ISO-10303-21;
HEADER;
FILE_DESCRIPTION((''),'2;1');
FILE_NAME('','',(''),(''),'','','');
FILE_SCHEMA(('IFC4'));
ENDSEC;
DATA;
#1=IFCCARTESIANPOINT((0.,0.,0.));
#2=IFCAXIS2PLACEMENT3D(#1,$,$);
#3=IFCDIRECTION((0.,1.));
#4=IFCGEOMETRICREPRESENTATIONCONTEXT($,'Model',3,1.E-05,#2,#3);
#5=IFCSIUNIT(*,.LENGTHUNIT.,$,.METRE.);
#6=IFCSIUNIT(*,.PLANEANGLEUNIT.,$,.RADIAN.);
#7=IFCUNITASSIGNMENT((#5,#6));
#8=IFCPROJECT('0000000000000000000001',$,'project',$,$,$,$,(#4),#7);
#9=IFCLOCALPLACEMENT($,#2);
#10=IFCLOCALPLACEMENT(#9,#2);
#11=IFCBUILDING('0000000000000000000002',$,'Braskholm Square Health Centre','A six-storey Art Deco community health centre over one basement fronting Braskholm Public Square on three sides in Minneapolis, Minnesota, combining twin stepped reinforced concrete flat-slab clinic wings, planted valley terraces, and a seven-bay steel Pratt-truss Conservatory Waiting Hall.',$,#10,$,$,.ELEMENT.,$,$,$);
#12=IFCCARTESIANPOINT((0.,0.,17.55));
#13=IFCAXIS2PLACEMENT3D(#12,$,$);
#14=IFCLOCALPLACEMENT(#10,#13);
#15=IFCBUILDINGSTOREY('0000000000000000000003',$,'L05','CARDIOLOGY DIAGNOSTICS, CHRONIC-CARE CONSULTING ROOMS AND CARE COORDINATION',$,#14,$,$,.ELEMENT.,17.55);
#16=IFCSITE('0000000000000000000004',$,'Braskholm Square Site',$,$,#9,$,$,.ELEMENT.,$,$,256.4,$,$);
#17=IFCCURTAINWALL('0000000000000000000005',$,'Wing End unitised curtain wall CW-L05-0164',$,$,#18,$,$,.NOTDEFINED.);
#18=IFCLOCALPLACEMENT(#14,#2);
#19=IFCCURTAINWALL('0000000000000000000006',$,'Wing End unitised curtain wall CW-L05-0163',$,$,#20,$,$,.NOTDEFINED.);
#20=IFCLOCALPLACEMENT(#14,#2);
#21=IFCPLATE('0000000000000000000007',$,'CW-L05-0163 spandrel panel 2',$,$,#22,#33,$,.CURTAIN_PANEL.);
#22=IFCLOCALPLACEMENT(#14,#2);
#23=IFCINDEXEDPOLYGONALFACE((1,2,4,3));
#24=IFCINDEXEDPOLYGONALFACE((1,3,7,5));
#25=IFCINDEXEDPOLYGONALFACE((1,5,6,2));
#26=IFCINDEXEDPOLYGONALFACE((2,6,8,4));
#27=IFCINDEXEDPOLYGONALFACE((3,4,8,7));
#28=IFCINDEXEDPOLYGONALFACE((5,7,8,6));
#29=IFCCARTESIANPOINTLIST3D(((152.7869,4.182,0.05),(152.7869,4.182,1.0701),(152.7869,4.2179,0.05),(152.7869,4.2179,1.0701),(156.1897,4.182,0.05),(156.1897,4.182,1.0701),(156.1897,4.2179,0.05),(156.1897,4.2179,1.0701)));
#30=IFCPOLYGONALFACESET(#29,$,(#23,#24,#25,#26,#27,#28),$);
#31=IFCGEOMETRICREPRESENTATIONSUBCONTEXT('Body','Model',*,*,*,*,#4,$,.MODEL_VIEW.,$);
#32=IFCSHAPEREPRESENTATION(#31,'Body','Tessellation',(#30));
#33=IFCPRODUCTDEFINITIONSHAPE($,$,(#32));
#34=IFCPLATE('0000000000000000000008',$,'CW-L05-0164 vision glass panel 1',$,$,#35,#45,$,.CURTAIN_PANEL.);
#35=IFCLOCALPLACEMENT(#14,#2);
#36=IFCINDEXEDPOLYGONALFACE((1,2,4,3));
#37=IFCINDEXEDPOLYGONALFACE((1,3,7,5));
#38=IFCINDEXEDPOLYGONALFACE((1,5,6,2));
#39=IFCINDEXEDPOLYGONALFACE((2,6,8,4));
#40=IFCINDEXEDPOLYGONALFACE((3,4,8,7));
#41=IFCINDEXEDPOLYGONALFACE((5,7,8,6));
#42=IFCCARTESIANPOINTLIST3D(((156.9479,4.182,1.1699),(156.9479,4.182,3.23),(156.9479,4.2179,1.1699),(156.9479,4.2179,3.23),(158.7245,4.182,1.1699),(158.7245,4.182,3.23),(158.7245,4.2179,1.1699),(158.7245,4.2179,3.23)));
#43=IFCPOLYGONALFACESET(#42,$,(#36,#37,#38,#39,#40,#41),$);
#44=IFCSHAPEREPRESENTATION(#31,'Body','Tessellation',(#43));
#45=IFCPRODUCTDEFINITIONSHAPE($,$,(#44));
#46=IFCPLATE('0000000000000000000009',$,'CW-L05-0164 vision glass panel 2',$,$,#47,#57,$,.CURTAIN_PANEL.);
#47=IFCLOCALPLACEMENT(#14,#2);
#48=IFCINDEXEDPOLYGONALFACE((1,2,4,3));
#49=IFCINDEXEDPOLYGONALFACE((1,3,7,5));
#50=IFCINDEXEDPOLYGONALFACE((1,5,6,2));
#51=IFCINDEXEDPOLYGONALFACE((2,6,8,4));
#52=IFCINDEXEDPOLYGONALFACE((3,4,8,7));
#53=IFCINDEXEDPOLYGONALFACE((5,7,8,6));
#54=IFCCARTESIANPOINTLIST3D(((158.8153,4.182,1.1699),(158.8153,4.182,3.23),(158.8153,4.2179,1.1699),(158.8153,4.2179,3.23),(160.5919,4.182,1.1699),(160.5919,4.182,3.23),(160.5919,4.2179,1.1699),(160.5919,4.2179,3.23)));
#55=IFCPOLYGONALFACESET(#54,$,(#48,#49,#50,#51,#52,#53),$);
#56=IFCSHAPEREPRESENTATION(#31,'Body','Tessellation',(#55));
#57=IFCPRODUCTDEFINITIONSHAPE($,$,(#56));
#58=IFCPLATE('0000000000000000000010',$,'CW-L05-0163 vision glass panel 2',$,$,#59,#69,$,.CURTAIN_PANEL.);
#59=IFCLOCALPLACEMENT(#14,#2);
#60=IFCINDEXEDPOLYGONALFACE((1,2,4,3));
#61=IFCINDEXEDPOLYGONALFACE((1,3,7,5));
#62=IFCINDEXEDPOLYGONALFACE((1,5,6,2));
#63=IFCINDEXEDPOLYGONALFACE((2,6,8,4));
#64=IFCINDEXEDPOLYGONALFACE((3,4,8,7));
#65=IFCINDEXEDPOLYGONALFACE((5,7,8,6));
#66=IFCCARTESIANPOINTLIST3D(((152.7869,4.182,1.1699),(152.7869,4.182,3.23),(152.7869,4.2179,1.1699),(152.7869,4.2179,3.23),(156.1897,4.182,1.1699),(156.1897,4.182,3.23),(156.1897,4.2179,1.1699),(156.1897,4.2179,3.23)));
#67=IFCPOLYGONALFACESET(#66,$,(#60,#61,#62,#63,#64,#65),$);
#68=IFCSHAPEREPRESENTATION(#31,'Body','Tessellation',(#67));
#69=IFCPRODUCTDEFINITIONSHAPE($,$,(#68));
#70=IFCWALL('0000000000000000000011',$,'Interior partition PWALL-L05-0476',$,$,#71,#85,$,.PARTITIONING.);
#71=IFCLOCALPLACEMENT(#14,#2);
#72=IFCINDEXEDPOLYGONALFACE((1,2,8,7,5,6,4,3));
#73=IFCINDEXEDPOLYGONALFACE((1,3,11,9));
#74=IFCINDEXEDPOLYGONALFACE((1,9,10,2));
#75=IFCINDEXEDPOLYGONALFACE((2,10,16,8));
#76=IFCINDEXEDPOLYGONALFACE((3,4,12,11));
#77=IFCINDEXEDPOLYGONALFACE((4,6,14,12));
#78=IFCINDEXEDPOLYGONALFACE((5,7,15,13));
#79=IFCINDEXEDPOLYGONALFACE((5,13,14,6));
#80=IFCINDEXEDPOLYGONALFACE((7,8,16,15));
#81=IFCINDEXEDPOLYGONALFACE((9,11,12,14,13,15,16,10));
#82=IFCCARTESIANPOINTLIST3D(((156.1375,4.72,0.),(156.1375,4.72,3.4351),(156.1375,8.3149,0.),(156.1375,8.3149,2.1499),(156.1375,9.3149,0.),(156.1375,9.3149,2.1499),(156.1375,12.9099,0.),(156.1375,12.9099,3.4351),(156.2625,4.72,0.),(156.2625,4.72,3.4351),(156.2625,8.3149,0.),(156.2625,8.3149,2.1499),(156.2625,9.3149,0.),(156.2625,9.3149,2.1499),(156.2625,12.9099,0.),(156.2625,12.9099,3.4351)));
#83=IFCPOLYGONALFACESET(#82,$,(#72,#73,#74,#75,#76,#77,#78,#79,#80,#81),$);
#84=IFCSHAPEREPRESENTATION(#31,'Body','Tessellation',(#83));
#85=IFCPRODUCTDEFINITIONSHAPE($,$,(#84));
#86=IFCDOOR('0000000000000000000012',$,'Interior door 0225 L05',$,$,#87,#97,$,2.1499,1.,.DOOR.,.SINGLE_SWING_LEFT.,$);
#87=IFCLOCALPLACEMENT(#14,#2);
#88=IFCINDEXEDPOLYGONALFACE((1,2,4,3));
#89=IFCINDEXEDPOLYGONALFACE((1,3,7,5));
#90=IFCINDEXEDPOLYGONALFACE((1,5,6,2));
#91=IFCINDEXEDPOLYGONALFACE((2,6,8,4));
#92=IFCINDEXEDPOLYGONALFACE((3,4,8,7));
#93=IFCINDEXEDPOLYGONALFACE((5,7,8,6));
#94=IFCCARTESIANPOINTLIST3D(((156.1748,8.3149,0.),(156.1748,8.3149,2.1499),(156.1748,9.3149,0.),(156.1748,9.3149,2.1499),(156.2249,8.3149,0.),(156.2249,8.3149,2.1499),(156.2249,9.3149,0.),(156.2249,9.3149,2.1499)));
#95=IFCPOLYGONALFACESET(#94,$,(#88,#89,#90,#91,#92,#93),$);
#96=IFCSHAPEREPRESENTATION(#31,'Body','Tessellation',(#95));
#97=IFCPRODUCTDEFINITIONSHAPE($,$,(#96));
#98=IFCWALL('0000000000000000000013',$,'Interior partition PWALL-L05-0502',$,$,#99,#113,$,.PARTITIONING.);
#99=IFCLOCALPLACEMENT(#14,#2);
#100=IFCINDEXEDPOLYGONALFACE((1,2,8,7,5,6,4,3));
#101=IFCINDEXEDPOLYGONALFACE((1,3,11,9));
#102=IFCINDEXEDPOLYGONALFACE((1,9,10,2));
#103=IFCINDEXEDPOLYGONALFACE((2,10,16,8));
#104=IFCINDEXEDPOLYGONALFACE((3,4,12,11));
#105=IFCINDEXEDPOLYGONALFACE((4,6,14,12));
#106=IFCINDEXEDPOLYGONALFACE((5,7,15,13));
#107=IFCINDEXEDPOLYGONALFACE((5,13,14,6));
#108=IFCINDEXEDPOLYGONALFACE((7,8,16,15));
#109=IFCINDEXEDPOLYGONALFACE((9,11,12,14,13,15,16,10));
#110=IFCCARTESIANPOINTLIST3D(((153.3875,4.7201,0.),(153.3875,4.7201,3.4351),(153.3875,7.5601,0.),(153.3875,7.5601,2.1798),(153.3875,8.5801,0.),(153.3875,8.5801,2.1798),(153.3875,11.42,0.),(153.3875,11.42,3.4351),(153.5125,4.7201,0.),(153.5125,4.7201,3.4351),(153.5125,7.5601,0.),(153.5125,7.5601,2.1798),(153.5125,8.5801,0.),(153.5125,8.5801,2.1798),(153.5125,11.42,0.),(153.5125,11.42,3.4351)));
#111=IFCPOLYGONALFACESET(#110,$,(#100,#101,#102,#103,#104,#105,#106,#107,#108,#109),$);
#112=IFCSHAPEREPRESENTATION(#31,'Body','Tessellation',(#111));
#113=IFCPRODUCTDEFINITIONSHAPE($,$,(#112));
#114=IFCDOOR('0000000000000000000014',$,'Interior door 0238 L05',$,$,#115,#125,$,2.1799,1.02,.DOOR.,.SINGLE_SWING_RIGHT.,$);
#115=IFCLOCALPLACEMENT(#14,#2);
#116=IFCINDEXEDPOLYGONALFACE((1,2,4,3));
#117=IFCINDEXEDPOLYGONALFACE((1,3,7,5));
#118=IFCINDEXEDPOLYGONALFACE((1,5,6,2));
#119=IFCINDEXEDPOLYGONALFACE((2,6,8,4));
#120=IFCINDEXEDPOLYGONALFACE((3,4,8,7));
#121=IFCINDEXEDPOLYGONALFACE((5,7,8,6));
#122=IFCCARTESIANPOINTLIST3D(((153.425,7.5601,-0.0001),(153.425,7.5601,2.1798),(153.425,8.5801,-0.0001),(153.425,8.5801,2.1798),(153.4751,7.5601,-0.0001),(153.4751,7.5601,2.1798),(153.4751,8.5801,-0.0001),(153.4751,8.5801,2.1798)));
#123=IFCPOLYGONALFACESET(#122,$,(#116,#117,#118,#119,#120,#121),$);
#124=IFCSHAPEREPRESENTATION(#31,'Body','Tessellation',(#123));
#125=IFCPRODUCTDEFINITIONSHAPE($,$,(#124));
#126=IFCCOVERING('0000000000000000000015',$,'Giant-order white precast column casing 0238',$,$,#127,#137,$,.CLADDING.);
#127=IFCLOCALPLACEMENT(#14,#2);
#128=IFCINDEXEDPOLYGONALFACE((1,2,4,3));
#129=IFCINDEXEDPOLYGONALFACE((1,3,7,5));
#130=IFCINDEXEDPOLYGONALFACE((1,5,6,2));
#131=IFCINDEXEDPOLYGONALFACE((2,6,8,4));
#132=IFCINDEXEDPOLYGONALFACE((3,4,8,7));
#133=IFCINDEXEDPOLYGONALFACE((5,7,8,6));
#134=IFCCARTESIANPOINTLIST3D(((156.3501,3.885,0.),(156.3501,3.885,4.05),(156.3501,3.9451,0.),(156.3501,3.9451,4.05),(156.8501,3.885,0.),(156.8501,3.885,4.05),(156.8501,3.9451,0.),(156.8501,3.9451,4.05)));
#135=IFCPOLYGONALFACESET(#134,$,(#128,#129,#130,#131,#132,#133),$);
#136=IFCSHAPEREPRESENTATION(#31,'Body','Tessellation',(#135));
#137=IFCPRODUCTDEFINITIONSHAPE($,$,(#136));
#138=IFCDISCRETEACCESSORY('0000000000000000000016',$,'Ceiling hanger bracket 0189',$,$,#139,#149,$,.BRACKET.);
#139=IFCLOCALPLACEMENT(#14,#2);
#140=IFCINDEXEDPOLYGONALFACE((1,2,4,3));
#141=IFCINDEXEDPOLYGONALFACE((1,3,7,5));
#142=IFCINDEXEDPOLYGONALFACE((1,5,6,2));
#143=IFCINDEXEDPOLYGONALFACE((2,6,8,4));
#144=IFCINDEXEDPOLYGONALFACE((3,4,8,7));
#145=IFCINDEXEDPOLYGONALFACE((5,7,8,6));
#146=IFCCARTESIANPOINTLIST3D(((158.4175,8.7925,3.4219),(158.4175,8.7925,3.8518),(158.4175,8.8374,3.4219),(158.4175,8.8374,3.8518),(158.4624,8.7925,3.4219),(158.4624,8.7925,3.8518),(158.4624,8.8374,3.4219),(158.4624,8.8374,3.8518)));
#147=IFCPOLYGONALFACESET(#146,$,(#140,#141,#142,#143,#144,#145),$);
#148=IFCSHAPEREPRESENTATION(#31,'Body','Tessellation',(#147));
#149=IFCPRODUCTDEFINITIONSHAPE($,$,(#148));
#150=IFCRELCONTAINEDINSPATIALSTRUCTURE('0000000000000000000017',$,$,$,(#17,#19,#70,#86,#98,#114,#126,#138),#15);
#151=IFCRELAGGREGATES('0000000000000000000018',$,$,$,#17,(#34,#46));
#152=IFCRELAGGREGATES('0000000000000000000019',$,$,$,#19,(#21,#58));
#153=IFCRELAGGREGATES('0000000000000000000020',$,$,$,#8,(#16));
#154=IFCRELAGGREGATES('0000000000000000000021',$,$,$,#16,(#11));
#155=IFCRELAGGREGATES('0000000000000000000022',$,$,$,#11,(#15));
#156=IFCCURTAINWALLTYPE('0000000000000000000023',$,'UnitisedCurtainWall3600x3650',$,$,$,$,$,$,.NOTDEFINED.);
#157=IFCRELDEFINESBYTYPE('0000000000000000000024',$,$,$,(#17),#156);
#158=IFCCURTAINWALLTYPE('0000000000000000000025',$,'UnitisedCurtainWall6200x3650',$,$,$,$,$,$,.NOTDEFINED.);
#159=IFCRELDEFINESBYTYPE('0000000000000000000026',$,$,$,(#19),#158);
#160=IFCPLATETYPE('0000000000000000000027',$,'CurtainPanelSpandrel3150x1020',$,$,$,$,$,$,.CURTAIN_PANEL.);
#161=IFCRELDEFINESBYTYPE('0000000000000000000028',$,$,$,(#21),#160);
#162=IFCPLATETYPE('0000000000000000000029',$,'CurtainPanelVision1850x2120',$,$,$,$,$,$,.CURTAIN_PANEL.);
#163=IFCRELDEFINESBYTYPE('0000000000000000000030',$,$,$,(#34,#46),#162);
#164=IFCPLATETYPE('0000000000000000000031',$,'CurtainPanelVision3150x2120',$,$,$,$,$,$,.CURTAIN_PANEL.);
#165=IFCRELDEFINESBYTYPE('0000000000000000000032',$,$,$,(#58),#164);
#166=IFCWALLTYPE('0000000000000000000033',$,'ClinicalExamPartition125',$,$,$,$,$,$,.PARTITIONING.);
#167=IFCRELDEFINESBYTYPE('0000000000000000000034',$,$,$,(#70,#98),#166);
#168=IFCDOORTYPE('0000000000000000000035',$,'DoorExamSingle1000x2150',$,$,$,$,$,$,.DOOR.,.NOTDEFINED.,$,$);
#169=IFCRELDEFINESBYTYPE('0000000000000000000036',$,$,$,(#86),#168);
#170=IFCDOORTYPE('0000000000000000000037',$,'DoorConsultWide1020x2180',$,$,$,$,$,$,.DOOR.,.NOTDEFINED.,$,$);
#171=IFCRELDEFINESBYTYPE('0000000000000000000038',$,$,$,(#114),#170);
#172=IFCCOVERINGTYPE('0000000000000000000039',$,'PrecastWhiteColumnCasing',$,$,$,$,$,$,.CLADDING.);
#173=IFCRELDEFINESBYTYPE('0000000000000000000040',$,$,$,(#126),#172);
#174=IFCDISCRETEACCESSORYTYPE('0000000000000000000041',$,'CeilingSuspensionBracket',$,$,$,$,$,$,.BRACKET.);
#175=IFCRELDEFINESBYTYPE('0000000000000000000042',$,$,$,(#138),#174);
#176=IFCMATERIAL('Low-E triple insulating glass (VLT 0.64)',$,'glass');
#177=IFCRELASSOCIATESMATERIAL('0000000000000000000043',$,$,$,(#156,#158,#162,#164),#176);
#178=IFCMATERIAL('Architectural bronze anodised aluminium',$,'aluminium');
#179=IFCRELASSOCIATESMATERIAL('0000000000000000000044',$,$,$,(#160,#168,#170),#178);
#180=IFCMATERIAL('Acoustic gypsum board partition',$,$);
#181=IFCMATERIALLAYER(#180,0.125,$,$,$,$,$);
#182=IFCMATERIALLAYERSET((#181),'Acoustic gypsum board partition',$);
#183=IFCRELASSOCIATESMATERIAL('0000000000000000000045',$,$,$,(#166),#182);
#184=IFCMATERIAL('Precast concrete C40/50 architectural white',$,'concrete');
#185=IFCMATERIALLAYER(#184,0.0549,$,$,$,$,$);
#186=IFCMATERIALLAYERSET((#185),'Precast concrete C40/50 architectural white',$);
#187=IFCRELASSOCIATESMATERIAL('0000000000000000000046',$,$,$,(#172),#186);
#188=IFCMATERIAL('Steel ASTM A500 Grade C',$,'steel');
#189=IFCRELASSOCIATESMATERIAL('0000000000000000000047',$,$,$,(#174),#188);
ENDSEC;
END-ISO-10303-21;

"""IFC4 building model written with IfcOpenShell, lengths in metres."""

from ifc_helpers import new_model, si_unit, direction, frame, frame_2d, origin, origin_with_axes, origin_2d, place, context, subcontext, project, spatial, rectangle, extrude, material, layer, layer_set, type_object, element, fill, aggregate, save


model = new_model("IFC4")

# Units and contexts
model_context = context("Model", 3, precision=1e-05, world=origin(), true_north=direction((0.0, 1.0)))
body_context = subcontext(model_context, "Body", "Model", "MODEL_VIEW")
ifc_project = project(units=[si_unit("LENGTHUNIT", "METRE"), si_unit("PLANEANGLEUNIT", "RADIAN")], contexts=[model_context])

# Site, building, storey
site_placement = place(None, origin())
site = spatial("IfcSite", under=ifc_project, at=site_placement, Name="Braskholm Square Site", CompositionType="ELEMENT", RefElevation=256.4)
building_placement = place(site_placement, origin())
building = spatial("IfcBuilding", under=site, at=building_placement, Name="Braskholm Square Health Centre", Description="A six-storey Art Deco community health centre over one basement fronting Braskholm Public Square on three sides in Minneapolis, Minnesota, combining twin stepped reinforced concrete flat-slab clinic wings, planted valley terraces, and a seven-bay steel Pratt-truss Conservatory Waiting Hall.", CompositionType="ELEMENT")
storey_placement = place(building_placement, frame((0.0, 0.0, 17.55)))
storey = spatial("IfcBuildingStorey", under=building, at=storey_placement, Name="L05", Description="CARDIOLOGY DIAGNOSTICS, CHRONIC-CARE CONSULTING ROOMS AND CARE COORDINATION", CompositionType="ELEMENT", Elevation=17.55)

# Shared definitions
ifc_material_1 = material(Name="Precast concrete C40/50 architectural white", Category="concrete")

# Curtain wall
ifc_material_2 = material(Name="Low-E triple insulating glass (VLT 0.64)", Category="glass")
curtain_wall_type_1 = type_object("IfcCurtainWallType", Name="UnitisedCurtainWall3600x3650", PredefinedType="NOTDEFINED", material=ifc_material_2)
curtain_wall_1_placement = place(storey_placement, origin())
curtain_wall_1 = element("IfcCurtainWall", 1, at=curtain_wall_1_placement, inside=storey, type_object=curtain_wall_type_1, Name="Wing End unitised curtain wall CW-L05-0164", PredefinedType="NOTDEFINED")
ifc_material_3 = material(Name="Architectural bronze anodised aluminium", Category="aluminium")

# Curtain wall
curtain_wall_type_2 = type_object("IfcCurtainWallType", Name="UnitisedCurtainWall6200x3650", PredefinedType="NOTDEFINED", material=ifc_material_2)
curtain_wall_2_placement = place(storey_placement, origin())
curtain_wall_2 = element("IfcCurtainWall", 2, at=curtain_wall_2_placement, inside=storey, type_object=curtain_wall_type_2, Name="Wing End unitised curtain wall CW-L05-0163", PredefinedType="NOTDEFINED")

# Plates
plate_type_1 = type_object("IfcPlateType", Name="CurtainPanelSpandrel3150x1020", PredefinedType="CURTAIN_PANEL", material=ifc_material_3)
plate_1_placement = place(storey_placement, frame((154.4883, 4.2, 0.05), z_axis=(0.0, 0.0, 1.0), x_axis=(1.0, 0.0, 0.0)))
plate_1 = element("IfcPlate", 3, at=plate_1_placement, type_object=plate_type_1, Name="CW-L05-0163 spandrel panel 2", PredefinedType="CURTAIN_PANEL", context=body_context, shape_type="SweptSolid", body=[
    extrude(rectangle(XDim=3.4028, YDim=0.0359, at=origin_2d()), origin(), (0.0, 0.0, 1.0), 1.02),
])
plate_type_2 = type_object("IfcPlateType", Name="CurtainPanelVision1850x2120", PredefinedType="CURTAIN_PANEL", material=ifc_material_2)
plate_2_placement = place(storey_placement, frame((157.8362, 4.2, 1.1699), z_axis=(0.0, 0.0, 1.0), x_axis=(1.0, 0.0, 0.0)))
plate_2 = element("IfcPlate", 4, at=plate_2_placement, type_object=plate_type_2, Name="CW-L05-0164 vision glass panel 1", PredefinedType="CURTAIN_PANEL", context=body_context, shape_type="SweptSolid", body=[
    extrude(rectangle(XDim=1.7766, YDim=0.0359, at=origin_2d()), origin(), (0.0, 0.0, 1.0), 2.0601),
])
plate_3_placement = place(storey_placement, frame((159.7036, 4.2, 1.1699), z_axis=(0.0, 0.0, 1.0), x_axis=(1.0, 0.0, 0.0)))
plate_3 = element("IfcPlate", 5, at=plate_3_placement, type_object=plate_type_2, Name="CW-L05-0164 vision glass panel 2", PredefinedType="CURTAIN_PANEL", context=body_context, shape_type="SweptSolid", body=[
    extrude(rectangle(XDim=1.7766, YDim=0.0359, at=origin_2d()), origin(), (0.0, 0.0, 1.0), 2.0601),
])
aggregate(curtain_wall_1, [plate_2, plate_3])
plate_type_3 = type_object("IfcPlateType", Name="CurtainPanelVision3150x2120", PredefinedType="CURTAIN_PANEL", material=ifc_material_2)
plate_4_placement = place(storey_placement, frame((154.4883, 4.2, 1.1699), z_axis=(0.0, 0.0, 1.0), x_axis=(1.0, 0.0, 0.0)))
plate_4 = element("IfcPlate", 6, at=plate_4_placement, type_object=plate_type_3, Name="CW-L05-0163 vision glass panel 2", PredefinedType="CURTAIN_PANEL", context=body_context, shape_type="SweptSolid", body=[
    extrude(rectangle(XDim=3.4028, YDim=0.0359, at=origin_2d()), origin(), (0.0, 0.0, 1.0), 2.0601),
])
aggregate(curtain_wall_2, [plate_1, plate_4])

# Walls, openings, doors
ifc_material_4 = material(Name="Acoustic gypsum board partition")
ifc_layer_1 = layer(ifc_material_4, 0.125)
ifc_layer_set_1 = layer_set([ifc_layer_1], Name="Acoustic gypsum board partition")
wall_type = type_object("IfcWallType", Name="ClinicalExamPartition125", PredefinedType="PARTITIONING", material=ifc_layer_set_1)
wall_1_placement = place(storey_placement, frame((156.2, 4.72, 0.0), z_axis=(0.0, 0.0, 1.0), x_axis=(0.0, 1.0, 0.0)))
wall_1 = element("IfcWall", 7, at=wall_1_placement, inside=storey, type_object=wall_type, Name="Interior partition PWALL-L05-0476", PredefinedType="PARTITIONING", context=body_context, shape_type="SweptSolid", body=[
    extrude(rectangle(XDim=8.1899, YDim=0.125, at=frame_2d((4.095, 0.0))), origin(), (0.0, 0.0, 1.0), 3.4351),
])
opening_1_placement = place(wall_1_placement, frame((3.595, 0.0, 0.0)))
opening_1 = element("IfcOpeningElement", 8, at=opening_1_placement, cuts=wall_1, PredefinedType="OPENING", context=body_context, shape_type="SweptSolid", body=[
    extrude(rectangle(XDim=1.0, YDim=2.1499, at=frame_2d((0.5, 1.075))), frame((0.0, 0.0725, 0.0), z_axis=(0.0, -1.0, 0.0), x_axis=(1.0, 0.0, 0.0)), (0.0, 0.0, 1.0), 0.145),
])
door_type_1 = type_object("IfcDoorType", Name="DoorExamSingle1000x2150", OperationType="NOTDEFINED", PredefinedType="DOOR", material=ifc_material_3)
door_1_placement = place(opening_1_placement, frame((1.0, 0.0, 0.0), z_axis=(0.0, 0.0, 1.0), x_axis=(-1.0, 0.0, 0.0)))
door_1 = element("IfcDoor", 9, at=door_1_placement, inside=storey, type_object=door_type_1, Name="Interior door 0225 L05", OperationType="SINGLE_SWING_LEFT", OverallHeight=2.1499, OverallWidth=1.0, PredefinedType="DOOR", context=body_context, shape_type="SweptSolid", body=[
    extrude(rectangle(XDim=1.0, YDim=2.1499, at=frame_2d((0.5, 1.075))), frame((0.0, 0.0249, 0.0), z_axis=(0.0, -1.0, 0.0), x_axis=(1.0, 0.0, 0.0)), (0.0, 0.0, 1.0), 0.05),
])
fill(opening_1, door_1)
wall_2_placement = place(storey_placement, frame((153.45, 4.72, 0.0), z_axis=(0.0, 0.0, 1.0), x_axis=(0.0, 1.0, 0.0)))
wall_2 = element("IfcWall", 10, at=wall_2_placement, inside=storey, type_object=wall_type, Name="Interior partition PWALL-L05-0502", PredefinedType="PARTITIONING", context=body_context, shape_type="SweptSolid", body=[
    extrude(rectangle(XDim=6.7, YDim=0.125, at=frame_2d((3.3501, 0.0))), origin(), (0.0, 0.0, 1.0), 3.4351),
])
opening_2_placement = place(wall_2_placement, frame((2.8401, 0.0, 0.0)))
opening_2 = element("IfcOpeningElement", 11, at=opening_2_placement, cuts=wall_2, PredefinedType="OPENING", context=body_context, shape_type="SweptSolid", body=[
    extrude(rectangle(XDim=1.02, YDim=2.1799, at=frame_2d((0.51, 1.0898))), frame((0.0, 0.0725, 0.0), z_axis=(0.0, -1.0, 0.0), x_axis=(1.0, 0.0, 0.0)), (0.0, 0.0, 1.0), 0.145),
])
door_type_2 = type_object("IfcDoorType", Name="DoorConsultWide1020x2180", OperationType="NOTDEFINED", PredefinedType="DOOR", material=ifc_material_3)
door_2_placement = place(opening_2_placement, origin_with_axes())
door_2 = element("IfcDoor", 12, at=door_2_placement, inside=storey, type_object=door_type_2, Name="Interior door 0238 L05", OperationType="SINGLE_SWING_RIGHT", OverallHeight=2.1799, OverallWidth=1.02, PredefinedType="DOOR", context=body_context, shape_type="SweptSolid", body=[
    extrude(rectangle(XDim=1.02, YDim=2.1799, at=frame_2d((0.51, 1.0898))), frame((0.0, 0.0249, 0.0), z_axis=(0.0, -1.0, 0.0), x_axis=(1.0, 0.0, 0.0)), (0.0, 0.0, 1.0), 0.05),
])
fill(opening_2, door_2)

# Covering
ifc_layer_2 = layer(ifc_material_1, 0.0549)
ifc_layer_set_2 = layer_set([ifc_layer_2], Name="Precast concrete C40/50 architectural white")
covering_type = type_object("IfcCoveringType", Name="PrecastWhiteColumnCasing", PredefinedType="CLADDING", material=ifc_layer_set_2)
covering_placement = place(storey_placement, frame((156.6001, 3.915, 0.0), z_axis=(0.0, 0.0, 1.0), x_axis=(1.0, 0.0, 0.0)))
element("IfcCovering", 13, at=covering_placement, inside=storey, type_object=covering_type, Name="Giant-order white precast column casing 0238", PredefinedType="CLADDING", context=body_context, shape_type="SweptSolid", body=[
    extrude(rectangle(XDim=0.5, YDim=0.0601, at=origin_2d()), origin(), (0.0, 0.0, 1.0), 4.05),
])

# Discrete accessory
ifc_material_5 = material(Name="Steel ASTM A500 Grade C", Category="steel")
discrete_accessory_type = type_object("IfcDiscreteAccessoryType", Name="CeilingSuspensionBracket", PredefinedType="BRACKET", material=ifc_material_5)
discrete_accessory_placement = place(storey_placement, frame((158.4399, 8.8149, 3.4219), z_axis=(0.0, 0.0, 1.0), x_axis=(1.0, 0.0, 0.0)))
element("IfcDiscreteAccessory", 14, at=discrete_accessory_placement, inside=storey, type_object=discrete_accessory_type, Name="Ceiling hanger bracket 0189", PredefinedType="BRACKET", context=body_context, shape_type="SweptSolid", body=[
    extrude(rectangle(XDim=0.0449, YDim=0.0449, at=origin_2d()), origin(), (0.0, 0.0, 1.0), 0.4299),
])

save(model, "model.ifc")
